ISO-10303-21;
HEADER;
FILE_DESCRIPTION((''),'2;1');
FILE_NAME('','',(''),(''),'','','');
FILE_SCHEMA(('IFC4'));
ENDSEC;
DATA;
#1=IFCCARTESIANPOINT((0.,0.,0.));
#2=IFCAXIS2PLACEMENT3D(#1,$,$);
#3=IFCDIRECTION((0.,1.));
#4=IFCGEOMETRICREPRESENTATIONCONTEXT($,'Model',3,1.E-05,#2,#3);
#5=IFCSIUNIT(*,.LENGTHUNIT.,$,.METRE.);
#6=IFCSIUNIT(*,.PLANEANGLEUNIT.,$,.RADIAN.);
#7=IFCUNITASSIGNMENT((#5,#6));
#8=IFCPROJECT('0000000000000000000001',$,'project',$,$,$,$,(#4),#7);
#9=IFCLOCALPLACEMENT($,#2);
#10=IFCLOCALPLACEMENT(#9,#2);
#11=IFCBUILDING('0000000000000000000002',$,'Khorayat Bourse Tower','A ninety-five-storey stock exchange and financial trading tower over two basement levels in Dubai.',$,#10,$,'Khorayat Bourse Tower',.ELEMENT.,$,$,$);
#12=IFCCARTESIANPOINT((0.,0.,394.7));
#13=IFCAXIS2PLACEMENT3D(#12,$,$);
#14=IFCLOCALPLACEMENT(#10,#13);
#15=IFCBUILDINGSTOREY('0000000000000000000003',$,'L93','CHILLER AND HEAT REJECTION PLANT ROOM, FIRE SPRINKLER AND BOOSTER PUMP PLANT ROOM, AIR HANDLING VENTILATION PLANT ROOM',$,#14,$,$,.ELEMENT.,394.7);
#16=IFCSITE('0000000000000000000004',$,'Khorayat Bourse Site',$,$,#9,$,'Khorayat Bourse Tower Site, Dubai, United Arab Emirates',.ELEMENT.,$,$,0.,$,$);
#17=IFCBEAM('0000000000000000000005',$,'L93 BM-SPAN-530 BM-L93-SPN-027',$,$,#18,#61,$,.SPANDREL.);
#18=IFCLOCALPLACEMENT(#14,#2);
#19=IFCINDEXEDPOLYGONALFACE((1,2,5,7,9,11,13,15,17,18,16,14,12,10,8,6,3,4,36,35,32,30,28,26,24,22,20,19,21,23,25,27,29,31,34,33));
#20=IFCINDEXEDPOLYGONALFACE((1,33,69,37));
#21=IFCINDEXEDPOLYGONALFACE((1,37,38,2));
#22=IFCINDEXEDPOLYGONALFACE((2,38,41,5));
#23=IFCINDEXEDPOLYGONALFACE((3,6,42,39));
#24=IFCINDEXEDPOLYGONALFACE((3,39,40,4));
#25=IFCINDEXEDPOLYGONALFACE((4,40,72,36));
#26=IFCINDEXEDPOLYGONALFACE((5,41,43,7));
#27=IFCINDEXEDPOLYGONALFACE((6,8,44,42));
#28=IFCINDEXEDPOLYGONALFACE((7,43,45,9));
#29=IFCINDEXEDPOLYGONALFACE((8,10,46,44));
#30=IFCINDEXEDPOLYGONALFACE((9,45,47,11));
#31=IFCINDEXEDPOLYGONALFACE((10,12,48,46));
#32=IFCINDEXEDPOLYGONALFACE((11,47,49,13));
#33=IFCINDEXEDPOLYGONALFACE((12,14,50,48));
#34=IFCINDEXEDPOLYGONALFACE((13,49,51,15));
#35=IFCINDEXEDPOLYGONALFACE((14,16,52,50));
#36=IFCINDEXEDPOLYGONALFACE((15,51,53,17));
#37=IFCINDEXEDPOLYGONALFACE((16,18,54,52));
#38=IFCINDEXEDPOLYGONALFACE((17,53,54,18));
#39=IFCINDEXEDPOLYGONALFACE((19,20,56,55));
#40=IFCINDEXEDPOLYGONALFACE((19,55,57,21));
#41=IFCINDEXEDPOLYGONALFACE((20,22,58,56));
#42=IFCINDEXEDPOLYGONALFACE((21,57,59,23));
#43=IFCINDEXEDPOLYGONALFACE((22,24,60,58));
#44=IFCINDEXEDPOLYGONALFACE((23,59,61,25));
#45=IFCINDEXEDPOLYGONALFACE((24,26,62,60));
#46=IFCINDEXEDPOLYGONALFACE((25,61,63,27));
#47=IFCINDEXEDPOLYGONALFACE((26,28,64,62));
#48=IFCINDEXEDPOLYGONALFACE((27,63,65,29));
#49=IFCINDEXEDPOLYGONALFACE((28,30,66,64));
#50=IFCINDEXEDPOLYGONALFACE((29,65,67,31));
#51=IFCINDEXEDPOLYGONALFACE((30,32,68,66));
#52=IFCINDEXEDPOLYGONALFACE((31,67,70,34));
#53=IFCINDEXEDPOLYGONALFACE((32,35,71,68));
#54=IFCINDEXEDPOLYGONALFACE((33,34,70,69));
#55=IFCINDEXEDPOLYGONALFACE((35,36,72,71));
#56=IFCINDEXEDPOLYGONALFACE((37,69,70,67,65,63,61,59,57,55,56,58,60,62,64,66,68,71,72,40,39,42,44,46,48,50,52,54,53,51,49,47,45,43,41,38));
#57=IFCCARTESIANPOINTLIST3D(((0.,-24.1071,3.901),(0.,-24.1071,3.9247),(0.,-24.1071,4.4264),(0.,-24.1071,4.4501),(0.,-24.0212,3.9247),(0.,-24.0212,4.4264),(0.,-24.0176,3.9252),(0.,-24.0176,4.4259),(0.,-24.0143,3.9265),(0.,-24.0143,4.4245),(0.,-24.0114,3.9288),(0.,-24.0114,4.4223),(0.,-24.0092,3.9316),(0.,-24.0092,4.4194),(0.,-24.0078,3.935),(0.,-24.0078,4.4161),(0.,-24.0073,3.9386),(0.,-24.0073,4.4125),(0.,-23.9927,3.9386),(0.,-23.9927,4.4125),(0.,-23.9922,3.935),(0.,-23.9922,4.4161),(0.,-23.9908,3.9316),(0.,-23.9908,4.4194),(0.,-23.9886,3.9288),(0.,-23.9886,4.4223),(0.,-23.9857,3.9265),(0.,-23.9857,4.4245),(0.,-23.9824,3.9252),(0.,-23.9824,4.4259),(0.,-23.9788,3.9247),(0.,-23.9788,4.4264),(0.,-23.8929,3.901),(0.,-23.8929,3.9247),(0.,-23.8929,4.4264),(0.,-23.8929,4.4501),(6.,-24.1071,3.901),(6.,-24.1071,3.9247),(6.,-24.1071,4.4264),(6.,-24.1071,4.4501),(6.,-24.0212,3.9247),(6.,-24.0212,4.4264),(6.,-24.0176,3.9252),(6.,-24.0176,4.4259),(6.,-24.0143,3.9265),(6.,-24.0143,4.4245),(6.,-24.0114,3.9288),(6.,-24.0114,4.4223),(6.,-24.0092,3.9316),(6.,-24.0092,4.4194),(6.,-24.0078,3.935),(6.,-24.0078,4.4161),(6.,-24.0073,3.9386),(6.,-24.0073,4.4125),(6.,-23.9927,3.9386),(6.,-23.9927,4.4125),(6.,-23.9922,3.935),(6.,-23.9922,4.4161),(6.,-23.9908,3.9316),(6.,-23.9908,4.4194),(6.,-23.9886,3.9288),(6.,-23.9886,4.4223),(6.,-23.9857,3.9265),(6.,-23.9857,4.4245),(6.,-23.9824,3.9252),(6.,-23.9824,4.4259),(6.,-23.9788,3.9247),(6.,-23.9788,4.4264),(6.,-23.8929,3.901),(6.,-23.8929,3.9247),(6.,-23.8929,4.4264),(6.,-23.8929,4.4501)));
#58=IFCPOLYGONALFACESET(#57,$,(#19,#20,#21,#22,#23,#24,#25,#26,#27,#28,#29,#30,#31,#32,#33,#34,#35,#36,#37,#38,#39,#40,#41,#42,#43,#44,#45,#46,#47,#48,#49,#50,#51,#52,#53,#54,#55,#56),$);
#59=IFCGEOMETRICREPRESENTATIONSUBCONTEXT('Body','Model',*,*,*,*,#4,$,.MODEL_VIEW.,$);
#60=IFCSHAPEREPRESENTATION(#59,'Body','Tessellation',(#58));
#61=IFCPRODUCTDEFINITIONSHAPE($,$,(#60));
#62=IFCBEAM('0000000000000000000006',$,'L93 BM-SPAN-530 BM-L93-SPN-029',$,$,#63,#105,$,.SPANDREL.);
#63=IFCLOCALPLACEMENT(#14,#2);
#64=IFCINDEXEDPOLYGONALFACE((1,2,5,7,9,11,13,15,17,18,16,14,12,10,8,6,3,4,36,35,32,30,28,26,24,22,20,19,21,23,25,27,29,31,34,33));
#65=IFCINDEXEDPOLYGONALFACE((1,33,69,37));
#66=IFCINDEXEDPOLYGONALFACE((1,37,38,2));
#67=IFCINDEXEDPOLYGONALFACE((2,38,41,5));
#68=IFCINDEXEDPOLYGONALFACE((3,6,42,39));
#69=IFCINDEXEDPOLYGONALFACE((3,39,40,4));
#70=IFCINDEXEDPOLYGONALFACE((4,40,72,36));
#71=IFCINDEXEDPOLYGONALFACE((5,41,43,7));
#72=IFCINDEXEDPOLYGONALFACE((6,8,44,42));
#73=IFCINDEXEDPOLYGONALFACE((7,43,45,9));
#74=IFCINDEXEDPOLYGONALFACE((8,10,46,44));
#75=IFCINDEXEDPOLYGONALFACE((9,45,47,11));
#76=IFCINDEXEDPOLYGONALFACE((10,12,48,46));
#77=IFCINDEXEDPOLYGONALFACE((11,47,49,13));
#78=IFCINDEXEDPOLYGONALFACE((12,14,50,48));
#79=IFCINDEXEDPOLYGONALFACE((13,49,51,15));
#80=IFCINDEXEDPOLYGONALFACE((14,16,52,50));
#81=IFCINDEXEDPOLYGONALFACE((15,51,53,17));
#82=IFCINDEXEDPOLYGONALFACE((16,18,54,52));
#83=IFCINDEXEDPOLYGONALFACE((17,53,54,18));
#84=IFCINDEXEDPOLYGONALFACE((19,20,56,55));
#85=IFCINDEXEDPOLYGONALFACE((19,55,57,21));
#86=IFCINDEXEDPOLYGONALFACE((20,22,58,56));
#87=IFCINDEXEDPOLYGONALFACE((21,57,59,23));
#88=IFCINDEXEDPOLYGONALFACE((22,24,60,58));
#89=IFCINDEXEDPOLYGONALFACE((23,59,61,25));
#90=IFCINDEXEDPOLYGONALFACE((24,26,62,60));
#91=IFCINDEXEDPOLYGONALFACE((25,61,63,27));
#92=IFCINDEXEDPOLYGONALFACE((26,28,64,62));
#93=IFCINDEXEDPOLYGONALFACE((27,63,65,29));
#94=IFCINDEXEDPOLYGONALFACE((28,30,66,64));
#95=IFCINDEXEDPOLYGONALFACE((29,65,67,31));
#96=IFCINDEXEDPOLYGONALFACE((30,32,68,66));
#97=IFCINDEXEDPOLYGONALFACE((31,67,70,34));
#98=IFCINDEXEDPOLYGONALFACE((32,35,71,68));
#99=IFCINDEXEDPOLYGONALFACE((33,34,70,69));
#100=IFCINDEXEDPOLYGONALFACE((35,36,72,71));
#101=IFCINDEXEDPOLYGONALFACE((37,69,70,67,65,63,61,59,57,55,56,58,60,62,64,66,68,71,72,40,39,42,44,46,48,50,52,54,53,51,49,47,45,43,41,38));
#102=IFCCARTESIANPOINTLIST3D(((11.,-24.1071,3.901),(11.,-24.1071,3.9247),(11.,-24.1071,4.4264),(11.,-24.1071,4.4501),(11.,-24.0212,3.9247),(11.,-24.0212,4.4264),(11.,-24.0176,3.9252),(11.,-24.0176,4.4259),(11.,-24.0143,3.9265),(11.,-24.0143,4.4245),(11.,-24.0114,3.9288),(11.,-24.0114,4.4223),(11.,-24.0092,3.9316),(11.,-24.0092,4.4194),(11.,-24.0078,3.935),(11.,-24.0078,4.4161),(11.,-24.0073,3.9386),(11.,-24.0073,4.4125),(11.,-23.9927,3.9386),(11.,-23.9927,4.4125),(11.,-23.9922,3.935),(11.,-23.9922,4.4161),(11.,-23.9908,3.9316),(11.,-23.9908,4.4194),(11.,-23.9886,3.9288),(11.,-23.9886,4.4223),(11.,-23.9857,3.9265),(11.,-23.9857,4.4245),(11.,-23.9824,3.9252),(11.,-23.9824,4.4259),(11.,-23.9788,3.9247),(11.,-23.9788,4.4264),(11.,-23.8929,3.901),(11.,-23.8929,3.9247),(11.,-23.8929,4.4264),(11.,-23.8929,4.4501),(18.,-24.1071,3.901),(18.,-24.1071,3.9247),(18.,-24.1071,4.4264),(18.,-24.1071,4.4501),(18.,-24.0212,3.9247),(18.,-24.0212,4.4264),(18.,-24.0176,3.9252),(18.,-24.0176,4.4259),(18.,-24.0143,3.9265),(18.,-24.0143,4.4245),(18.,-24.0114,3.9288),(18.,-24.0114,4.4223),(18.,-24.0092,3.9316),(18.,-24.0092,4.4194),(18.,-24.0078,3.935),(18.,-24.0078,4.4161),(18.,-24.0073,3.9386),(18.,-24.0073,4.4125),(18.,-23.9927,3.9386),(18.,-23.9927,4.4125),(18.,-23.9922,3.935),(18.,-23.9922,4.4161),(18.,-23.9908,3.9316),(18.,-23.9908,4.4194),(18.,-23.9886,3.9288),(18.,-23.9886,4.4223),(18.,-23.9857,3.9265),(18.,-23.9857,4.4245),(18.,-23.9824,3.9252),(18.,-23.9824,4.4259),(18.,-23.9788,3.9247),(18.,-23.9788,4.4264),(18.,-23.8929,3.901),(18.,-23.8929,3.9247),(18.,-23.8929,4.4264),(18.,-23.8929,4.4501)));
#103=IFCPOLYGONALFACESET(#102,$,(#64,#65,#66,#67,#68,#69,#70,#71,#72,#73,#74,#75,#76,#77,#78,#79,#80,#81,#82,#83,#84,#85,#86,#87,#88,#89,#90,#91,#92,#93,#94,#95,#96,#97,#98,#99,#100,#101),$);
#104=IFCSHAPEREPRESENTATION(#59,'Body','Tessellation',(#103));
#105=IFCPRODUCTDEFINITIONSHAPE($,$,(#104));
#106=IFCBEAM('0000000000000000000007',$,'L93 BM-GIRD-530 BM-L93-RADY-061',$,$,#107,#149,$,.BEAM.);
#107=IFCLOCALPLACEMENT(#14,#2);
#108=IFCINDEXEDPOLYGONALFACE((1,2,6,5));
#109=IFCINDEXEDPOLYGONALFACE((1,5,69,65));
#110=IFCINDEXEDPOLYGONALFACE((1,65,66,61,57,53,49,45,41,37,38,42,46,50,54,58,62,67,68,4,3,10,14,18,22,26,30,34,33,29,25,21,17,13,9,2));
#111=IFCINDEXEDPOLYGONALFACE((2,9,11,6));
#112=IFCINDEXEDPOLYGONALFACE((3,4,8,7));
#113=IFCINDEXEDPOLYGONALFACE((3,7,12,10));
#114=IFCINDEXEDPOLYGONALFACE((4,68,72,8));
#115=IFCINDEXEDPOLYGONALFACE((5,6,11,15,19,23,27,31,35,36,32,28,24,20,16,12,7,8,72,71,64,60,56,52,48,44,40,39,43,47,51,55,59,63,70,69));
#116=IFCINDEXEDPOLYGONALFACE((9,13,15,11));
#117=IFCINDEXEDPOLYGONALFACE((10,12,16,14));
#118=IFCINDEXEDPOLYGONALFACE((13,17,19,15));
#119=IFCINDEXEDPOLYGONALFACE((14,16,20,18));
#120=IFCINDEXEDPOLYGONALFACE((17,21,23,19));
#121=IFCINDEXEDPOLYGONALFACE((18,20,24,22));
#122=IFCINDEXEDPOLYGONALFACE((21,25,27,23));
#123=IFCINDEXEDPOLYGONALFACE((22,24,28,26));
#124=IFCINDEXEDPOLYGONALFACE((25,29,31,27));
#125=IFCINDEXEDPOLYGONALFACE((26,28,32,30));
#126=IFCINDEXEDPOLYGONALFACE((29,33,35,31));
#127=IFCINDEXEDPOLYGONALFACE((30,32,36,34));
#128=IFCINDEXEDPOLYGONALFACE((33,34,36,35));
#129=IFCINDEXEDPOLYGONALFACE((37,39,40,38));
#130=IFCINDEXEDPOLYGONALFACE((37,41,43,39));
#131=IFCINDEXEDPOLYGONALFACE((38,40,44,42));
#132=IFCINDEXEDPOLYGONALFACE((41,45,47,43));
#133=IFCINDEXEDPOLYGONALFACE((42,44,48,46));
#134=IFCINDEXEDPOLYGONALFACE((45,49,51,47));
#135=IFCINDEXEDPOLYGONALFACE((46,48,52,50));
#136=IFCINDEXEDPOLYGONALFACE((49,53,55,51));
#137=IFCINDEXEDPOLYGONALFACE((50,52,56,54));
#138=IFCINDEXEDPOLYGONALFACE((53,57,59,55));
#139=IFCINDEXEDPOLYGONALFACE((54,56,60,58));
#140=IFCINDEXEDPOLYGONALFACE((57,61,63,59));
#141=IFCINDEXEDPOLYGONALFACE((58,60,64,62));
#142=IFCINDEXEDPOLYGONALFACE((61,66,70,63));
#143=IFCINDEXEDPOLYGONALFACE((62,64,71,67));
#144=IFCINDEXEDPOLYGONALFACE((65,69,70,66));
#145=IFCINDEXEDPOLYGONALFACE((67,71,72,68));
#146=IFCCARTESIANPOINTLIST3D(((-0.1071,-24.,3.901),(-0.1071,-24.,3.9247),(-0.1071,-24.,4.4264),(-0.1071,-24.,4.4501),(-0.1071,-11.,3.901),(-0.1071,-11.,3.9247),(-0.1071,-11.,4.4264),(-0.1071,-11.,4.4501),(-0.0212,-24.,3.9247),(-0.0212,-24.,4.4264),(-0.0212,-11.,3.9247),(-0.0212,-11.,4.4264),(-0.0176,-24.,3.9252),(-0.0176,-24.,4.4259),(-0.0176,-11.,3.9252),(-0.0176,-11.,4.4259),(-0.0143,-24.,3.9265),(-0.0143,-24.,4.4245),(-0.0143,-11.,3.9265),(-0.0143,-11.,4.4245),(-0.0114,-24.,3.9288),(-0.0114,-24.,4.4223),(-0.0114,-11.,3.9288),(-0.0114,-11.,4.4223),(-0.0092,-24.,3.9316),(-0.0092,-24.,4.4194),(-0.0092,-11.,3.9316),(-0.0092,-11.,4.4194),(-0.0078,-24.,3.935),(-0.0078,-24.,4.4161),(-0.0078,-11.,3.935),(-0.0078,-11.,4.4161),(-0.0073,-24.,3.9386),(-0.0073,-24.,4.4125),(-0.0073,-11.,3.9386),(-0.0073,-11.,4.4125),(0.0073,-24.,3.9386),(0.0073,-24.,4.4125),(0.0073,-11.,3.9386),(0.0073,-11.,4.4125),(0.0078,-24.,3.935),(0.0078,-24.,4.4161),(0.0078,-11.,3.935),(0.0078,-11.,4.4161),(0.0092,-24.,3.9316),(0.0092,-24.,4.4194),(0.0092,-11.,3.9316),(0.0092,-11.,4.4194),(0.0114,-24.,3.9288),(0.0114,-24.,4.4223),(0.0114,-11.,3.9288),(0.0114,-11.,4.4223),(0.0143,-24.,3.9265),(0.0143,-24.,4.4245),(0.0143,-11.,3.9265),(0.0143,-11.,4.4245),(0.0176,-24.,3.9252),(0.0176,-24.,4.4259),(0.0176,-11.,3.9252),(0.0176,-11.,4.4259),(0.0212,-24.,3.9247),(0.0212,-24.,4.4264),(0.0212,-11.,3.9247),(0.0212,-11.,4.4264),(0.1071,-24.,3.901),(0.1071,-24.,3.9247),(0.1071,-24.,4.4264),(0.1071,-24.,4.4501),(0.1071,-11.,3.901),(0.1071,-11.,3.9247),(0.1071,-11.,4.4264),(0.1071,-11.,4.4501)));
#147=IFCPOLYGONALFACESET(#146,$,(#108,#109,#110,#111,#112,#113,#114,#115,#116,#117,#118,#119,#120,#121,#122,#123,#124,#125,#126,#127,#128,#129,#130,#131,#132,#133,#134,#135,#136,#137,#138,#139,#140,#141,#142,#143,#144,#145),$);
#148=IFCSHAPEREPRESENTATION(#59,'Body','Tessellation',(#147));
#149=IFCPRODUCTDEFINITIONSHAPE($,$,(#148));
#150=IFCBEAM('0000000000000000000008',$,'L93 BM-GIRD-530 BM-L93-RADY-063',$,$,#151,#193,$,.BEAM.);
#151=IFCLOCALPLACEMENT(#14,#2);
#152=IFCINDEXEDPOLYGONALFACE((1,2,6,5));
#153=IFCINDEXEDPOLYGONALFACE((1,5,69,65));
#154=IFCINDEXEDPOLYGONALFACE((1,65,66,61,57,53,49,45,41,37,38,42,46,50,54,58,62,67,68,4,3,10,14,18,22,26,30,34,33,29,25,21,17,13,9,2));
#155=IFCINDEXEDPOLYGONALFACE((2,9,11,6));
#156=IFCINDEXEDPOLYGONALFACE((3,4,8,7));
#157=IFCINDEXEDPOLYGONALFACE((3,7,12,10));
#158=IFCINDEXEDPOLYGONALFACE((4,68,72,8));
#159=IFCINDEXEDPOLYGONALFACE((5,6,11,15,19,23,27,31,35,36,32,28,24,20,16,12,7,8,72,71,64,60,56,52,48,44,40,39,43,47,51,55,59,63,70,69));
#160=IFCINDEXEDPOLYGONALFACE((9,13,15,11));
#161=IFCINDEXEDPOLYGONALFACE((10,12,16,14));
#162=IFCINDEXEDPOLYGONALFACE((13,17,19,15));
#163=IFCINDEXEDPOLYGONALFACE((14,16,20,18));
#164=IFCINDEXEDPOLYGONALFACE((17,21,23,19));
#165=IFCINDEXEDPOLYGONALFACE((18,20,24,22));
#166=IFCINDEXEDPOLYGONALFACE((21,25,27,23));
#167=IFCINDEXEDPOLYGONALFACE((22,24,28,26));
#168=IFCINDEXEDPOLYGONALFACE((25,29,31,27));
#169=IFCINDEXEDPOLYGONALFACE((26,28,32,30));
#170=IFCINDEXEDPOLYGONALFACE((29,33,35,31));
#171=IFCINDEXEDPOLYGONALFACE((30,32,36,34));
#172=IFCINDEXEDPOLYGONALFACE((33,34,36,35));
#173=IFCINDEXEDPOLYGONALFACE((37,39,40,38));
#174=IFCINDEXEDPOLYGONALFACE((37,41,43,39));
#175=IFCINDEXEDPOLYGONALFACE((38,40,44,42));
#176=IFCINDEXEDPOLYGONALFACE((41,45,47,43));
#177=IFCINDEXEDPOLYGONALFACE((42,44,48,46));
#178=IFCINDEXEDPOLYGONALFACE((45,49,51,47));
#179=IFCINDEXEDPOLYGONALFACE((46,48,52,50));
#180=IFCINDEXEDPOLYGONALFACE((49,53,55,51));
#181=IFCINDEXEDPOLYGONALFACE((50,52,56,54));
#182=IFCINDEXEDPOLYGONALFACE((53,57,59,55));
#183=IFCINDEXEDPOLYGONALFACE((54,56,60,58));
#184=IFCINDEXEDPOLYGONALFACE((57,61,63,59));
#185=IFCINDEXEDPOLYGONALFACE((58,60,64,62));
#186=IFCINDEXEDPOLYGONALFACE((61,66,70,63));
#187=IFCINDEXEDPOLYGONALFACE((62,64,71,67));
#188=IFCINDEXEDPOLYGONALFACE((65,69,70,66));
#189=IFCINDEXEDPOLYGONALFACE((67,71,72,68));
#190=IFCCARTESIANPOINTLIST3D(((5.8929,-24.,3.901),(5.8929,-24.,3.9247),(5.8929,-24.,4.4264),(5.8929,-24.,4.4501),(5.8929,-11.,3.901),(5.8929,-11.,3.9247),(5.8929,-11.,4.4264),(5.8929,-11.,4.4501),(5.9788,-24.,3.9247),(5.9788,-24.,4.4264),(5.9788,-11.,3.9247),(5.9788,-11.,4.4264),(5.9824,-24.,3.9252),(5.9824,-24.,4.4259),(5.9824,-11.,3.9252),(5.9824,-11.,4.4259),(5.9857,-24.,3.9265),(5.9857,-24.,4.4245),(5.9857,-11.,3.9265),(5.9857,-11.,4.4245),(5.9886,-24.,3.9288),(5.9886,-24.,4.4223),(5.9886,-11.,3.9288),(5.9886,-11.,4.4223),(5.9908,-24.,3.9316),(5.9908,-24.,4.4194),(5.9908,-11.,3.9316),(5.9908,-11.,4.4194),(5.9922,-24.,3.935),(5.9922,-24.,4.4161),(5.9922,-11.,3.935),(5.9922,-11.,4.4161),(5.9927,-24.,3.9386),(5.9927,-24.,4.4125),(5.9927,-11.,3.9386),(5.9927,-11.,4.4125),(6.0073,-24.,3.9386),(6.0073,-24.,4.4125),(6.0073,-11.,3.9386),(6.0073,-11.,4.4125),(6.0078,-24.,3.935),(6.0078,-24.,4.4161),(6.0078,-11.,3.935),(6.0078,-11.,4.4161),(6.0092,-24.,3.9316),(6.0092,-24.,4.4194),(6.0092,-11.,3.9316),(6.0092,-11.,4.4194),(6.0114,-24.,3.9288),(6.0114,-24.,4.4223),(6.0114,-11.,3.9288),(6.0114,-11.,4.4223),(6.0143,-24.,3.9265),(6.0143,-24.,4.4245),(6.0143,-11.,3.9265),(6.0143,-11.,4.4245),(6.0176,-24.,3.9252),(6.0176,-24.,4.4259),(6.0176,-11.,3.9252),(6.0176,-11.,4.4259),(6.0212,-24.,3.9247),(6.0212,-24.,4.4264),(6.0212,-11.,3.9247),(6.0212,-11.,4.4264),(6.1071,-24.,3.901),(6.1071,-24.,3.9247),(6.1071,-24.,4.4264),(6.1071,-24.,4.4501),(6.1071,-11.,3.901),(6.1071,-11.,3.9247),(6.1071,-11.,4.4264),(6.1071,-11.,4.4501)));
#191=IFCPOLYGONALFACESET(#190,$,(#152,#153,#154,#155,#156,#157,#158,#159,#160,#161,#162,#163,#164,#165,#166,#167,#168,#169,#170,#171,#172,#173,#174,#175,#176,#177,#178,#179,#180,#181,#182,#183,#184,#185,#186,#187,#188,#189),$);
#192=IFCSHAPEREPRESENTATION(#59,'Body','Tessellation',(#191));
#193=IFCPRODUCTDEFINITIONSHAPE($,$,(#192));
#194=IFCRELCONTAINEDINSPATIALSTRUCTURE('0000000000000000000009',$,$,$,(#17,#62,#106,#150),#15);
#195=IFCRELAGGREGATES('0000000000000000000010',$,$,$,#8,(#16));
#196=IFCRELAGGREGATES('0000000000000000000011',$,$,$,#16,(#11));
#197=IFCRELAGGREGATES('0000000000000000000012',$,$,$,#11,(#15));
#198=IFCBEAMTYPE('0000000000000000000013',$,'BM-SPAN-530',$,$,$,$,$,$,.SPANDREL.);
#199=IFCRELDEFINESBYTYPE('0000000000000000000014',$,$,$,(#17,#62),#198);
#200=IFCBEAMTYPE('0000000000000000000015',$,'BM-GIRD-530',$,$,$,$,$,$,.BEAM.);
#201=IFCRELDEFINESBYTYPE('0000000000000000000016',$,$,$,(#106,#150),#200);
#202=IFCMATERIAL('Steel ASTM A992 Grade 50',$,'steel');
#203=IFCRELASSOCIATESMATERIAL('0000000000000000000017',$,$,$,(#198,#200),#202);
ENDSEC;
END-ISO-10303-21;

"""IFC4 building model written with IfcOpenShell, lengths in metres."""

from ifc_helpers import new_model, si_unit, direction, frame, origin, origin_2d, place, context, subcontext, project, spatial, i_section, extrude, source, transform, mapped, material, material_profile, profile_set, type_object, element, save


model = new_model("IFC4")

# Units and contexts
model_context = context("Model", 3, precision=1e-05, world=origin(), true_north=direction((0.0, 1.0)))
body_context = subcontext(model_context, "Body", "Model", "MODEL_VIEW")
ifc_project = project(units=[si_unit("LENGTHUNIT", "METRE"), si_unit("PLANEANGLEUNIT", "RADIAN")], contexts=[model_context])

# Site, building, storey
site_placement = place(None, origin())
site = spatial("IfcSite", under=ifc_project, at=site_placement, Name="Khorayat Bourse Site", LongName="Khorayat Bourse Tower Site, Dubai, United Arab Emirates", CompositionType="ELEMENT", RefElevation=0.0)
building_placement = place(site_placement, origin())
building = spatial("IfcBuilding", under=site, at=building_placement, Name="Khorayat Bourse Tower", Description="A ninety-five-storey stock exchange and financial trading tower over two basement levels in Dubai.", LongName="Khorayat Bourse Tower", CompositionType="ELEMENT")
storey_placement = place(building_placement, frame((0.0, 0.0, 394.7)))
storey = spatial("IfcBuildingStorey", under=building, at=storey_placement, Name="L93", Description="CHILLER AND HEAT REJECTION PLANT ROOM, FIRE SPRINKLER AND BOOSTER PUMP PLANT ROOM, AIR HANDLING VENTILATION PLANT ROOM", CompositionType="ELEMENT", Elevation=394.7)

# Beams
ifc_material_1 = material(Name="Steel ASTM A992 Grade 50", Category="steel")
ifc_material_profile_1 = material_profile(ifc_material_1, i_section(OverallWidth=0.2141, OverallDepth=0.5491, WebThickness=0.0146, FlangeThickness=0.0237, FilletRadius=0.0139, at=origin_2d()), Name="W530X138")
ifc_profile_set_1 = profile_set([ifc_material_profile_1], Name="Steel ASTM A992 Grade 50")
beam_type_1 = type_object("IfcBeamType", Name="BM-SPAN-530", PredefinedType="SPANDREL", material=ifc_profile_set_1)
shared_shape_1 = source(origin(), body_context, "Body", "SweptSolid", [
    extrude(i_section(OverallWidth=0.2141, OverallDepth=0.5491, WebThickness=0.0146, FlangeThickness=0.0237, FilletRadius=0.0139, at=origin_2d()), origin(), (0.0, 0.0, 1.0), 6.0),
])
beam_1_placement = place(storey_placement, frame((0.0, -24.0, 4.1755), z_axis=(1.0, 0.0, 0.0), x_axis=(0.0, 1.0, 0.0)))
element("IfcBeam", 1, at=beam_1_placement, inside=storey, type_object=beam_type_1, Name="L93 BM-SPAN-530 BM-L93-SPN-027", PredefinedType="SPANDREL", context=body_context, shape_type="MappedRepresentation", body=[
    mapped(shared_shape_1, transform((0.0, 0.0, 0.0), scale=1.0)),
])
shared_shape_2 = source(origin(), body_context, "Body", "SweptSolid", [
    extrude(i_section(OverallWidth=0.2141, OverallDepth=0.5491, WebThickness=0.0146, FlangeThickness=0.0237, FilletRadius=0.0139, at=origin_2d()), origin(), (0.0, 0.0, 1.0), 7.0),
])
beam_2_placement = place(storey_placement, frame((11.0, -24.0, 4.1755), z_axis=(1.0, 0.0, 0.0), x_axis=(0.0, 1.0, 0.0)))
element("IfcBeam", 2, at=beam_2_placement, inside=storey, type_object=beam_type_1, Name="L93 BM-SPAN-530 BM-L93-SPN-029", PredefinedType="SPANDREL", context=body_context, shape_type="MappedRepresentation", body=[
    mapped(shared_shape_2, transform((0.0, 0.0, 0.0), scale=1.0)),
])
ifc_material_profile_2 = material_profile(ifc_material_1, i_section(OverallWidth=0.2141, OverallDepth=0.5491, WebThickness=0.0146, FlangeThickness=0.0237, FilletRadius=0.0139, at=origin_2d()), Name="W530X138")
ifc_profile_set_2 = profile_set([ifc_material_profile_2], Name="Steel ASTM A992 Grade 50")
beam_type_2 = type_object("IfcBeamType", Name="BM-GIRD-530", PredefinedType="BEAM", material=ifc_profile_set_2)
shared_shape_3 = source(origin(), body_context, "Body", "SweptSolid", [
    extrude(i_section(OverallWidth=0.2141, OverallDepth=0.5491, WebThickness=0.0146, FlangeThickness=0.0237, FilletRadius=0.0139, at=origin_2d()), origin(), (0.0, 0.0, 1.0), 13.0),
])
for number, where, z_axis, x_axis, name in (
    (3, (0.0, -24.0, 4.1755), (0.0, 1.0, 0.0), (-1.0, 0.0, 0.0), "L93 BM-GIRD-530 BM-L93-RADY-061"),
    (4, (6.0, -24.0, 4.1755), (0.0, 1.0, 0.0), (-1.0, 0.0, 0.0), "L93 BM-GIRD-530 BM-L93-RADY-063"),
):
    element("IfcBeam", number, at=place(storey_placement, frame(where, z_axis=z_axis, x_axis=x_axis)), inside=storey, type_object=beam_type_2, Name=name, PredefinedType="BEAM", context=body_context, shape_type="MappedRepresentation", body=[
        mapped(shared_shape_3, transform((0.0, 0.0, 0.0), scale=1.0)),
    ])

save(model, "model.ifc")
